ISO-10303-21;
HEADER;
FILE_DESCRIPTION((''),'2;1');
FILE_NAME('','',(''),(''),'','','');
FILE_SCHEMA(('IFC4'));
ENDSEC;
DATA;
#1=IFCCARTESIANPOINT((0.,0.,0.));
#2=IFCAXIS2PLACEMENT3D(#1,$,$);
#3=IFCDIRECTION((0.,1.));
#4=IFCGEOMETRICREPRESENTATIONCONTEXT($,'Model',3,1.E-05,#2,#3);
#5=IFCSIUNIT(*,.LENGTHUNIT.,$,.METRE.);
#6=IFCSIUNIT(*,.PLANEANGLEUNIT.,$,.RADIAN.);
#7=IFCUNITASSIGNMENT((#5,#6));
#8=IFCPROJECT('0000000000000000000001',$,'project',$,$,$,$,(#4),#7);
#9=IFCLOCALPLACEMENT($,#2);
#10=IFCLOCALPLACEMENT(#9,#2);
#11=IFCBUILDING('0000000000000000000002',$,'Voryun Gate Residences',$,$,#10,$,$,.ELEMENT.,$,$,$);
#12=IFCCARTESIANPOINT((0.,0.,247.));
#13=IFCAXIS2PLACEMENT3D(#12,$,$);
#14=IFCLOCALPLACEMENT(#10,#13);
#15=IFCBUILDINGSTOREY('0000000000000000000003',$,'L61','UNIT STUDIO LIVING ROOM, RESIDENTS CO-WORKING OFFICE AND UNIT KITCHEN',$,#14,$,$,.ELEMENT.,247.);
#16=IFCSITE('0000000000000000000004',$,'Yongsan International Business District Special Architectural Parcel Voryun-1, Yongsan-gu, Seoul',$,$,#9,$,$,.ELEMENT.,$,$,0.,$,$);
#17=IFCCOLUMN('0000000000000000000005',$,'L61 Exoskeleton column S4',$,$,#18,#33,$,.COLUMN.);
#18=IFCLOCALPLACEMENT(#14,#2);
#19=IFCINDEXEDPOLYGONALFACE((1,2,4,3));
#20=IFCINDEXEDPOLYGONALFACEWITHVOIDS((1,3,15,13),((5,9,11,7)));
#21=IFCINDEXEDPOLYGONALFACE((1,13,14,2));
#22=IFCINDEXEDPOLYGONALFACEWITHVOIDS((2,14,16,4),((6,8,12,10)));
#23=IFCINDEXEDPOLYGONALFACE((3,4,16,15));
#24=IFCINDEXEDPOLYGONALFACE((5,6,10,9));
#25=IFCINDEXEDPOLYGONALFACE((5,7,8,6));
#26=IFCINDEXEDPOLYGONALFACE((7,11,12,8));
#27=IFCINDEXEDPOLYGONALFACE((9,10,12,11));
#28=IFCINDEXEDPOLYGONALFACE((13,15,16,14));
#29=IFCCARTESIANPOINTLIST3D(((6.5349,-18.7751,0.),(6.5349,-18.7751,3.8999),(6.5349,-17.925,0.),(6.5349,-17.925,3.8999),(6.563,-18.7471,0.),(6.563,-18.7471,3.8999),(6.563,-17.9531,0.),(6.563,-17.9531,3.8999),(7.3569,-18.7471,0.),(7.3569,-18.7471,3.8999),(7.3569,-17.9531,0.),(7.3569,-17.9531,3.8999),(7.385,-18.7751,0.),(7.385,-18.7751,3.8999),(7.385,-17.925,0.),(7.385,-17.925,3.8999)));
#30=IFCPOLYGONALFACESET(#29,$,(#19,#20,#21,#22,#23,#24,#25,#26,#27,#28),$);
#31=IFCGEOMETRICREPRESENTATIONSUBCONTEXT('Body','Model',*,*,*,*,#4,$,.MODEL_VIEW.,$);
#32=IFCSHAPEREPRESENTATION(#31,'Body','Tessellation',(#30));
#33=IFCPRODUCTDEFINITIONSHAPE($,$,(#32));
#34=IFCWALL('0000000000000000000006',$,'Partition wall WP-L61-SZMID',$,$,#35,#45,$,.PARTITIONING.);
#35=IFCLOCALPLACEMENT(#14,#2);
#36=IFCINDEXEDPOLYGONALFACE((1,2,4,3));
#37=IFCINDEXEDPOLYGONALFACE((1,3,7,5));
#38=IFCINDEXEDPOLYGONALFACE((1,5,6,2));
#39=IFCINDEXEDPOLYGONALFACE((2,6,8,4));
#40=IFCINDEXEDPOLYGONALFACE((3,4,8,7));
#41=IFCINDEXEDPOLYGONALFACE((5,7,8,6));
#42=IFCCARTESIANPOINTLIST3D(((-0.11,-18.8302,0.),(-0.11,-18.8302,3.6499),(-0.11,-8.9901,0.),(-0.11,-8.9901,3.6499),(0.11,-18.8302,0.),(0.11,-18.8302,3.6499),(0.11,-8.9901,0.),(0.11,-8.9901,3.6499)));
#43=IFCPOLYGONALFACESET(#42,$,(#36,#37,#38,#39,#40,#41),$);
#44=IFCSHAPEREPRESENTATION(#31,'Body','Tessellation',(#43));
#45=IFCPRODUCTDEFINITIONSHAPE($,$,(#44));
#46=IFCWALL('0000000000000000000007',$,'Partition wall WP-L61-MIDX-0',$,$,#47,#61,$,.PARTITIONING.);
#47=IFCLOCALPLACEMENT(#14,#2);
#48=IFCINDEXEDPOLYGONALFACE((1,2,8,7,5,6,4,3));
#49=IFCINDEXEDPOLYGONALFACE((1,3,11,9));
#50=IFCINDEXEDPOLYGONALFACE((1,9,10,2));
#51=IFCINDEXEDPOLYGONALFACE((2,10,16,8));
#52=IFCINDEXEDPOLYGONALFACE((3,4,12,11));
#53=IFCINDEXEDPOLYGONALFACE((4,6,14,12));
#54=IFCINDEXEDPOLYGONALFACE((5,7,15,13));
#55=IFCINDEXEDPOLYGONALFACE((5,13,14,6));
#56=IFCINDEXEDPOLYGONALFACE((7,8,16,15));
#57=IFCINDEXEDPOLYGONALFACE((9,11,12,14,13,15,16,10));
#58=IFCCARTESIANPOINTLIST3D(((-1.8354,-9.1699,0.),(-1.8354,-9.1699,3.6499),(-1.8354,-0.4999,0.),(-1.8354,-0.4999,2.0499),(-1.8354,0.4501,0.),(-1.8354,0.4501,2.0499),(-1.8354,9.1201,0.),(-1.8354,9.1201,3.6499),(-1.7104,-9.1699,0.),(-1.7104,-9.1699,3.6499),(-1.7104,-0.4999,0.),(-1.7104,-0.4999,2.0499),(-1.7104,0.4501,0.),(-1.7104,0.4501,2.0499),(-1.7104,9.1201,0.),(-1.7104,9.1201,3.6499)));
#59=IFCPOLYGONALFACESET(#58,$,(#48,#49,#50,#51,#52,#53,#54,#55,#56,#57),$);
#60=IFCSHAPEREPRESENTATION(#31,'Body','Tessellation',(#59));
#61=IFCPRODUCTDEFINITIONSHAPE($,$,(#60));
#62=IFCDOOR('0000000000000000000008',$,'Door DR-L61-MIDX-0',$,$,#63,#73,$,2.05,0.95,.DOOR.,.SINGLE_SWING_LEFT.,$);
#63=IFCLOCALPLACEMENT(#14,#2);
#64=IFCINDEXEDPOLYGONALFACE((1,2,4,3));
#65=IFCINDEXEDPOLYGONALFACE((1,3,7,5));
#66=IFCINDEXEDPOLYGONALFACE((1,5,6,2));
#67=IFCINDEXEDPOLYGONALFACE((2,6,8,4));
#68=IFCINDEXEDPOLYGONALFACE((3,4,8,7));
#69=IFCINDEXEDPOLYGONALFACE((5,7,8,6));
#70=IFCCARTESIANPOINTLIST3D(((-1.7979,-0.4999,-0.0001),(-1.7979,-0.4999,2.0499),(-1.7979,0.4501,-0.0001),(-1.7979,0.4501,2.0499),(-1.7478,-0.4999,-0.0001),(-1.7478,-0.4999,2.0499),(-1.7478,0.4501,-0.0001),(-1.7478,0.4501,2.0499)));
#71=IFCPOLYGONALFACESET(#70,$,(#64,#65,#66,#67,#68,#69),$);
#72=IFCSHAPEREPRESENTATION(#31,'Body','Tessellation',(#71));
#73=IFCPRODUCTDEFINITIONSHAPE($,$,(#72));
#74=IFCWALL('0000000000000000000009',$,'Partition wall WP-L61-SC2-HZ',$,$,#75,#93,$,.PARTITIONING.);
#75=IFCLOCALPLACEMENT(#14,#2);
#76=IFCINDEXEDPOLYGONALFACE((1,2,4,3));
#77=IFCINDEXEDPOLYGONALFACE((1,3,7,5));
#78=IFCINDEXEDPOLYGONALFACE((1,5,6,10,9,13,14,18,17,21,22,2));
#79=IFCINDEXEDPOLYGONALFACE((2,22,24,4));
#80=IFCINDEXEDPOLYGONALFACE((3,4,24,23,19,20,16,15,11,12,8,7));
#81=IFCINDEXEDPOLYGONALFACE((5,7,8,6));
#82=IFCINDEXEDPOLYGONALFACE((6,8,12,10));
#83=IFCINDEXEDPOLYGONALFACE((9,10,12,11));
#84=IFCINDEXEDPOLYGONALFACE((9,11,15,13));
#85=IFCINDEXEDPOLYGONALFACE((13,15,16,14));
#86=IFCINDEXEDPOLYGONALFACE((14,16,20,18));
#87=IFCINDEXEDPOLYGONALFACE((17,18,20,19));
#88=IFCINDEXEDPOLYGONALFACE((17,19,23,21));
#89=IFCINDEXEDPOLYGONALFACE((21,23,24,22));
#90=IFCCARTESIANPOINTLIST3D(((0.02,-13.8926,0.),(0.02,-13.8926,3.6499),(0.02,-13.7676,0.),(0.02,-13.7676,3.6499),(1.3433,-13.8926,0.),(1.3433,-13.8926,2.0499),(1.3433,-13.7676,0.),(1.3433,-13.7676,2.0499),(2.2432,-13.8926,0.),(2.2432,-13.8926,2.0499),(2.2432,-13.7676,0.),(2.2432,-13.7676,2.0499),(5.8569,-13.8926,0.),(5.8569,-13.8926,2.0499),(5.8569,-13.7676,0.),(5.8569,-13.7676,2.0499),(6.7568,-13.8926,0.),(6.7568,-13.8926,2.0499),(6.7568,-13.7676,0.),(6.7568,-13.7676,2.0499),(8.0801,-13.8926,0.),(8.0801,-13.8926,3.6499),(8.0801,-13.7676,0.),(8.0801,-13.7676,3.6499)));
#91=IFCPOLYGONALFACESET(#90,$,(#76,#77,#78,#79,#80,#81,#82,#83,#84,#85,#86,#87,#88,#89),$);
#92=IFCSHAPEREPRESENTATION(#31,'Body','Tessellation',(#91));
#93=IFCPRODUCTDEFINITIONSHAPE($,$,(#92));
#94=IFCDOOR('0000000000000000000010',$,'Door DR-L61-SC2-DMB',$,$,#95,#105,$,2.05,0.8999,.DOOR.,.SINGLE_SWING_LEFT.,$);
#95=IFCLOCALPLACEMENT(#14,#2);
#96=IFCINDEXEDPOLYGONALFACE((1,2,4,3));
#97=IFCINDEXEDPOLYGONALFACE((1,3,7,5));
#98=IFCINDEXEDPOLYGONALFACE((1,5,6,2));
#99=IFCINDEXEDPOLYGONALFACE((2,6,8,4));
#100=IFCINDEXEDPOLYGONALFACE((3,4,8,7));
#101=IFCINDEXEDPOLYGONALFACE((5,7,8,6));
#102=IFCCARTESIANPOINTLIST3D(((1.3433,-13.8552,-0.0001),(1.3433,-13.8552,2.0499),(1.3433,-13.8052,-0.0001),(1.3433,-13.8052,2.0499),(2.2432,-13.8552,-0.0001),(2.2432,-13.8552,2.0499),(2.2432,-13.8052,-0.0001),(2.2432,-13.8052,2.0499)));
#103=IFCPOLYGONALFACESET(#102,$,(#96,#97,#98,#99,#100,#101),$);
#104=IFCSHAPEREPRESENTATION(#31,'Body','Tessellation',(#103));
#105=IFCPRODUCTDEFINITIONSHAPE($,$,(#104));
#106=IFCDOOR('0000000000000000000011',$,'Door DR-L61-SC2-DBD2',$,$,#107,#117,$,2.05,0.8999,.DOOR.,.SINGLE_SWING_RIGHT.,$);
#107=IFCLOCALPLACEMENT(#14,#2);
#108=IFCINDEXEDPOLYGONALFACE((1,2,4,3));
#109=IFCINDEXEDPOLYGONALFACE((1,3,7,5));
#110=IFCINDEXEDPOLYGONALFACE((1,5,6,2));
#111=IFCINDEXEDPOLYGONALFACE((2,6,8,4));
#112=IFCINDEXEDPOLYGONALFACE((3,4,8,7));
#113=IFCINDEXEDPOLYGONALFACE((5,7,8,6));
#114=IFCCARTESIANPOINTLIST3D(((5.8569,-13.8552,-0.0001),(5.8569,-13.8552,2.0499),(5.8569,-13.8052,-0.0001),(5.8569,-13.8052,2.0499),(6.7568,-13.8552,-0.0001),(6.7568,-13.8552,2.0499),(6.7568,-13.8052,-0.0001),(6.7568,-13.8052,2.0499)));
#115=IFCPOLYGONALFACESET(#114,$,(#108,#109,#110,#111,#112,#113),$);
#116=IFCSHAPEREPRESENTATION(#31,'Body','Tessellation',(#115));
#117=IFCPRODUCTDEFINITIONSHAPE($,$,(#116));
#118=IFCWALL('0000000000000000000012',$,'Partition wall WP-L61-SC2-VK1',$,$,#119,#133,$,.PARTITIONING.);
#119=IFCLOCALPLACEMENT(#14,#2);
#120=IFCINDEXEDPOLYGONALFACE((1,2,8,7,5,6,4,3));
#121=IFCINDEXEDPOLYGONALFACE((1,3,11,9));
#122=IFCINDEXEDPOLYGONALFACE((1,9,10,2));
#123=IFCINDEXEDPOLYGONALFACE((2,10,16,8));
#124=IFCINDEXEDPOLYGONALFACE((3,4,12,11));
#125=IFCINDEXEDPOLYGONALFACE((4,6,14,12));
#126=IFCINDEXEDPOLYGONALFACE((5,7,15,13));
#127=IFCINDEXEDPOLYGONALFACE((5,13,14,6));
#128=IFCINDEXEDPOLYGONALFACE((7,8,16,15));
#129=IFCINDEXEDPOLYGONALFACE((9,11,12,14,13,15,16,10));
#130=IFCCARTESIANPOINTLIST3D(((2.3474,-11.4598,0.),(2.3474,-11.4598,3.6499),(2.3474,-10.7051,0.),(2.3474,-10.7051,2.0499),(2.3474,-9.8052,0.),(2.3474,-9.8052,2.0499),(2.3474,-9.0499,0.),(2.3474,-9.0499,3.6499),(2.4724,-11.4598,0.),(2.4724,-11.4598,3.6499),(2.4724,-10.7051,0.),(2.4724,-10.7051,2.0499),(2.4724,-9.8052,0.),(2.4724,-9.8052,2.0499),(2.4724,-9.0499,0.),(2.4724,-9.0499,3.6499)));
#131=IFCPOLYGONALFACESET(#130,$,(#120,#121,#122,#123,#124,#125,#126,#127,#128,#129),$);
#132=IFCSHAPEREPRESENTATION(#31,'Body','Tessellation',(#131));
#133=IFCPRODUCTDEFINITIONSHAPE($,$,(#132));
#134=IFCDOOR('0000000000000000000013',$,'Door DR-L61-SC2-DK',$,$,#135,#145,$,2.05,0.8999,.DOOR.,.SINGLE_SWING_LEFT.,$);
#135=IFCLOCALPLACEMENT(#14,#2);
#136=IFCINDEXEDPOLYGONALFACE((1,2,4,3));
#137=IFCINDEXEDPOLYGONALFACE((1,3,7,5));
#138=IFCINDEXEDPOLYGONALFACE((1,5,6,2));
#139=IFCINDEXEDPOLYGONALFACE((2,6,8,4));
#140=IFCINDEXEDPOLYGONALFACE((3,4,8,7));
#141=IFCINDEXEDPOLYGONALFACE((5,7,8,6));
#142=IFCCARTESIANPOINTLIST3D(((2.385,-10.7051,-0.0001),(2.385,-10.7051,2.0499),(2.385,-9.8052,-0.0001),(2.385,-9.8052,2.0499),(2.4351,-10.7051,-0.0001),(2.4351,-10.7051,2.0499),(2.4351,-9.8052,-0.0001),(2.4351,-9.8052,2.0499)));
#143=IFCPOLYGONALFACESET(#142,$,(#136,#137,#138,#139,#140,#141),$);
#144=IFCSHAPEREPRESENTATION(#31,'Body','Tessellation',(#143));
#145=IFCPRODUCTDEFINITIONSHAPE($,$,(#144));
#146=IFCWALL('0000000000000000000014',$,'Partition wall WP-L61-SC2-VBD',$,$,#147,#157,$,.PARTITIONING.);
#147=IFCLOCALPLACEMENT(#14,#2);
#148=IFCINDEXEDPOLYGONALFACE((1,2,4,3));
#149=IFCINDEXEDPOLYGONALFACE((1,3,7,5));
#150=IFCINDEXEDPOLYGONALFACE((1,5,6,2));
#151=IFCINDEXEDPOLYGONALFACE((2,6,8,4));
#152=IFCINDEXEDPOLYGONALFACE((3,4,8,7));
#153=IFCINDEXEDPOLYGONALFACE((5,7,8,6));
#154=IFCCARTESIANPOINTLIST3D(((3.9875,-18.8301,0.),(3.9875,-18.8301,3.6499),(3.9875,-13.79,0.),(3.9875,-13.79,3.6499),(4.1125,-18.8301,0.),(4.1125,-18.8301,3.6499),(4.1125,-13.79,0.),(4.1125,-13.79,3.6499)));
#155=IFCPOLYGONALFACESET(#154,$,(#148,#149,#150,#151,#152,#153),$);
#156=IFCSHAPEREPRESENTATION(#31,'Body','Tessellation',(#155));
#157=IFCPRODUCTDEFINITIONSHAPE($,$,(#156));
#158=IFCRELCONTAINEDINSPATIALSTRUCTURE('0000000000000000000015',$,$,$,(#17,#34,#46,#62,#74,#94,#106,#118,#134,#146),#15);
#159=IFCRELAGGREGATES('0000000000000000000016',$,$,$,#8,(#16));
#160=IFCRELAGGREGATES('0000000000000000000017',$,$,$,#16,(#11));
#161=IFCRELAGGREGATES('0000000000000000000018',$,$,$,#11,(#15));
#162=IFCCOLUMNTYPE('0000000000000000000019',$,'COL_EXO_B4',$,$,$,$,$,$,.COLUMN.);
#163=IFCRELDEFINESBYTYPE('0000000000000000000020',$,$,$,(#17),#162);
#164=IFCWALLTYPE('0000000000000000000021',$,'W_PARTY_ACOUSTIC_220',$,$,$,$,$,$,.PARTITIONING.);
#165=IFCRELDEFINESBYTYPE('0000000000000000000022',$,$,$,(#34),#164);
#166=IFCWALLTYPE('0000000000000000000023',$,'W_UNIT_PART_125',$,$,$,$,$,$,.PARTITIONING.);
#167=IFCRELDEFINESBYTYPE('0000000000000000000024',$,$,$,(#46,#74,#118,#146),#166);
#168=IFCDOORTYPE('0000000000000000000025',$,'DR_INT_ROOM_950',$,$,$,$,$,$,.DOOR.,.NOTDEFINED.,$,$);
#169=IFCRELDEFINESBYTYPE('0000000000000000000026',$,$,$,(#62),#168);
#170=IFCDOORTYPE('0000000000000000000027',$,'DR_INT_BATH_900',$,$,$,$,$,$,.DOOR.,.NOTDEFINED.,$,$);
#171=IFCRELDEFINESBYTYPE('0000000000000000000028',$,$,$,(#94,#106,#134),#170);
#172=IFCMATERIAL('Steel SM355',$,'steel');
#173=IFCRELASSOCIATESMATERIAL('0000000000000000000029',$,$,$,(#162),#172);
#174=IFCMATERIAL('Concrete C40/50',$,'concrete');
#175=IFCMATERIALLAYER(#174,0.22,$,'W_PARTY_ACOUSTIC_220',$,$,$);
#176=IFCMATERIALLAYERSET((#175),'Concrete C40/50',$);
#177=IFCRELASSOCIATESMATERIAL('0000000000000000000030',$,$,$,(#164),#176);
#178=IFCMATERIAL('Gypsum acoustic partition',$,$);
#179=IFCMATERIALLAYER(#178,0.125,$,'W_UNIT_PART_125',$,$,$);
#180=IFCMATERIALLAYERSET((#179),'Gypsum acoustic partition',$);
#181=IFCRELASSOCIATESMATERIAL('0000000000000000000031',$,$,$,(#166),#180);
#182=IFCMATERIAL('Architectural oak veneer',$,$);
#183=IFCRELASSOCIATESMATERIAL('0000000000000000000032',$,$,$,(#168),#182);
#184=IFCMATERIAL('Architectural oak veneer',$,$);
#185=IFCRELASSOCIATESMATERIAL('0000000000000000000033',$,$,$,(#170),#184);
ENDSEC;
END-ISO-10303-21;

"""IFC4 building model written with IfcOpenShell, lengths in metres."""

from ifc_helpers import new_model, si_unit, direction, frame, frame_2d, origin, origin_2d, place, context, subcontext, project, spatial, rectangle, hollow_rectangle, extrude, material, layer, layer_set, material_profile, profile_set, type_object, element, fill, save


model = new_model("IFC4")

# Units and contexts
model_context = context("Model", 3, precision=1e-05, world=origin(), true_north=direction((0.0, 1.0)))
body_context = subcontext(model_context, "Body", "Model", "MODEL_VIEW")
ifc_project = project(units=[si_unit("LENGTHUNIT", "METRE"), si_unit("PLANEANGLEUNIT", "RADIAN")], contexts=[model_context])

# Site, building, storey
site_placement = place(None, origin())
site = spatial("IfcSite", under=ifc_project, at=site_placement, Name="Yongsan International Business District Special Architectural Parcel Voryun-1, Yongsan-gu, Seoul", CompositionType="ELEMENT", RefElevation=0.0)
building_placement = place(site_placement, origin())
building = spatial("IfcBuilding", under=site, at=building_placement, Name="Voryun Gate Residences", CompositionType="ELEMENT")
storey_placement = place(building_placement, frame((0.0, 0.0, 247.0)))
storey = spatial("IfcBuildingStorey", under=building, at=storey_placement, Name="L61", Description="UNIT STUDIO LIVING ROOM, RESIDENTS CO-WORKING OFFICE AND UNIT KITCHEN", CompositionType="ELEMENT", Elevation=247.0)

# Column
ifc_material_1 = material(Name="Steel SM355", Category="steel")
ifc_material_profile = material_profile(ifc_material_1, hollow_rectangle(XDim=0.8501, YDim=0.8501, WallThickness=0.0281, at=origin_2d()), Name="BOX-850x850x28")
ifc_profile_set = profile_set([ifc_material_profile], Name="Steel SM355")
column_type = type_object("IfcColumnType", Name="COL_EXO_B4", PredefinedType="COLUMN", material=ifc_profile_set)
column_placement = place(storey_placement, frame((6.96, -18.3501, 0.0), z_axis=(0.0, 0.0, 1.0), x_axis=(1.0, 0.0, 0.0)))
element("IfcColumn", 1, at=column_placement, inside=storey, type_object=column_type, Name="L61 Exoskeleton column S4", PredefinedType="COLUMN", context=body_context, shape_type="SweptSolid", body=[
    extrude(hollow_rectangle(XDim=0.8501, YDim=0.8501, WallThickness=0.0281, at=origin_2d()), origin(), (0.0, 0.0, 1.0), 3.8999),
])

# Wall
ifc_material_2 = material(Name="Concrete C40/50", Category="concrete")
ifc_layer_1 = layer(ifc_material_2, 0.22, Name="W_PARTY_ACOUSTIC_220")
ifc_layer_set_1 = layer_set([ifc_layer_1], Name="Concrete C40/50")
wall_type_1 = type_object("IfcWallType", Name="W_PARTY_ACOUSTIC_220", PredefinedType="PARTITIONING", material=ifc_layer_set_1)
wall_1_placement = place(storey_placement, frame((0.0, -18.8301, 0.0), z_axis=(0.0, 0.0, 1.0), x_axis=(0.0, 1.0, 0.0)))
element("IfcWall", 2, at=wall_1_placement, inside=storey, type_object=wall_type_1, Name="Partition wall WP-L61-SZMID", PredefinedType="PARTITIONING", context=body_context, shape_type="SweptSolid", body=[
    extrude(rectangle(XDim=9.8401, YDim=0.22, at=frame_2d((4.9199, 0.0))), origin(), (0.0, 0.0, 1.0), 3.6499),
])

# Wall, opening, door
ifc_material_3 = material(Name="Gypsum acoustic partition")
ifc_layer_2 = layer(ifc_material_3, 0.125, Name="W_UNIT_PART_125")
ifc_layer_set_2 = layer_set([ifc_layer_2], Name="Gypsum acoustic partition")
wall_type_2 = type_object("IfcWallType", Name="W_UNIT_PART_125", PredefinedType="PARTITIONING", material=ifc_layer_set_2)
wall_2_placement = place(storey_placement, frame((-1.7729, -9.1699, 0.0), z_axis=(0.0, 0.0, 1.0), x_axis=(0.0, 1.0, 0.0)))
wall_2 = element("IfcWall", 3, at=wall_2_placement, inside=storey, type_object=wall_type_2, Name="Partition wall WP-L61-MIDX-0", PredefinedType="PARTITIONING", context=body_context, shape_type="SweptSolid", body=[
    extrude(rectangle(XDim=18.29, YDim=0.125, at=frame_2d((9.145, 0.0))), origin(), (0.0, 0.0, 1.0), 3.6499),
])
opening_1_placement = place(wall_2_placement, frame((8.6699, 0.0, 0.0)))
opening_1 = element("IfcOpeningElement", 4, at=opening_1_placement, cuts=wall_2, PredefinedType="OPENING", context=body_context, shape_type="SweptSolid", body=[
    extrude(rectangle(XDim=0.95, YDim=2.05, at=frame_2d((0.4751, 1.0249))), frame((0.0, 0.0725, 0.0), z_axis=(0.0, -1.0, 0.0), x_axis=(1.0, 0.0, 0.0)), (0.0, 0.0, 1.0), 0.145),
])
ifc_material_4 = material(Name="Architectural oak veneer")
door_type_1 = type_object("IfcDoorType", Name="DR_INT_ROOM_950", OperationType="NOTDEFINED", PredefinedType="DOOR", material=ifc_material_4)
door_1_placement = place(opening_1_placement, origin())
door_1 = element("IfcDoor", 5, at=door_1_placement, inside=storey, type_object=door_type_1, Name="Door DR-L61-MIDX-0", OperationType="SINGLE_SWING_LEFT", OverallHeight=2.05, OverallWidth=0.95, PredefinedType="DOOR", context=body_context, shape_type="SweptSolid", body=[
    extrude(rectangle(XDim=0.95, YDim=2.05, at=frame_2d((0.4751, 1.0249))), frame((0.0, 0.0249, 0.0), z_axis=(0.0, -1.0, 0.0), x_axis=(1.0, 0.0, 0.0)), (0.0, 0.0, 1.0), 0.05),
])
fill(opening_1, door_1)

# Wall, openings, doors
wall_3_placement = place(storey_placement, frame((0.02, -13.8301, 0.0), z_axis=(0.0, 0.0, 1.0), x_axis=(1.0, 0.0, 0.0)))
wall_3 = element("IfcWall", 6, at=wall_3_placement, inside=storey, type_object=wall_type_2, Name="Partition wall WP-L61-SC2-HZ", PredefinedType="PARTITIONING", context=body_context, shape_type="SweptSolid", body=[
    extrude(rectangle(XDim=8.0601, YDim=0.125, at=frame_2d((4.03, 0.0))), origin(), (0.0, 0.0, 1.0), 3.6499),
])
opening_2_placement = place(wall_3_placement, frame((1.3232, 0.0, 0.0)))
opening_2 = element("IfcOpeningElement", 7, at=opening_2_placement, cuts=wall_3, PredefinedType="OPENING", context=body_context, shape_type="SweptSolid", body=[
    extrude(rectangle(XDim=0.8999, YDim=2.05, at=frame_2d((0.45, 1.0249))), frame((0.0, 0.0725, 0.0), z_axis=(0.0, -1.0, 0.0), x_axis=(1.0, 0.0, 0.0)), (0.0, 0.0, 1.0), 0.145),
])
opening_3_placement = place(wall_3_placement, frame((5.8369, 0.0, 0.0)))
opening_3 = element("IfcOpeningElement", 8, at=opening_3_placement, cuts=wall_3, PredefinedType="OPENING", context=body_context, shape_type="SweptSolid", body=[
    extrude(rectangle(XDim=0.8999, YDim=2.05, at=frame_2d((0.45, 1.0249))), frame((0.0, 0.0725, 0.0), z_axis=(0.0, -1.0, 0.0), x_axis=(1.0, 0.0, 0.0)), (0.0, 0.0, 1.0), 0.145),
])
ifc_material_5 = material(Name="Architectural oak veneer")
door_type_2 = type_object("IfcDoorType", Name="DR_INT_BATH_900", OperationType="NOTDEFINED", PredefinedType="DOOR", material=ifc_material_5)
door_2_placement = place(opening_2_placement, origin())
door_2 = element("IfcDoor", 9, at=door_2_placement, inside=storey, type_object=door_type_2, Name="Door DR-L61-SC2-DMB", OperationType="SINGLE_SWING_LEFT", OverallHeight=2.05, OverallWidth=0.8999, PredefinedType="DOOR", context=body_context, shape_type="SweptSolid", body=[
    extrude(rectangle(XDim=0.8999, YDim=2.05, at=frame_2d((0.45, 1.0249))), frame((0.0, 0.0249, 0.0), z_axis=(0.0, -1.0, 0.0), x_axis=(1.0, 0.0, 0.0)), (0.0, 0.0, 1.0), 0.05),
])
fill(opening_2, door_2)
door_3_placement = place(opening_3_placement, origin())
door_3 = element("IfcDoor", 10, at=door_3_placement, inside=storey, type_object=door_type_2, Name="Door DR-L61-SC2-DBD2", OperationType="SINGLE_SWING_RIGHT", OverallHeight=2.05, OverallWidth=0.8999, PredefinedType="DOOR", context=body_context, shape_type="SweptSolid", body=[
    extrude(rectangle(XDim=0.8999, YDim=2.05, at=frame_2d((0.45, 1.0249))), frame((0.0, 0.0249, 0.0), z_axis=(0.0, -1.0, 0.0), x_axis=(1.0, 0.0, 0.0)), (0.0, 0.0, 1.0), 0.05),
])
fill(opening_3, door_3)

# Wall, opening, door
wall_4_placement = place(storey_placement, frame((2.4099, -11.46, 0.0), z_axis=(0.0, 0.0, 1.0), x_axis=(0.0, 1.0, 0.0)))
wall_4 = element("IfcWall", 11, at=wall_4_placement, inside=storey, type_object=wall_type_2, Name="Partition wall WP-L61-SC2-VK1", PredefinedType="PARTITIONING", context=body_context, shape_type="SweptSolid", body=[
    extrude(rectangle(XDim=2.4099, YDim=0.125, at=frame_2d((1.2051, 0.0))), origin(), (0.0, 0.0, 1.0), 3.6499),
])
opening_4_placement = place(wall_4_placement, frame((0.7549, 0.0, 0.0)))
opening_4 = element("IfcOpeningElement", 12, at=opening_4_placement, cuts=wall_4, PredefinedType="OPENING", context=body_context, shape_type="SweptSolid", body=[
    extrude(rectangle(XDim=0.8999, YDim=2.05, at=frame_2d((0.45, 1.0249))), frame((0.0, 0.0725, 0.0), z_axis=(0.0, -1.0, 0.0), x_axis=(1.0, 0.0, 0.0)), (0.0, 0.0, 1.0), 0.145),
])
door_4_placement = place(opening_4_placement, origin())
door_4 = element("IfcDoor", 13, at=door_4_placement, inside=storey, type_object=door_type_2, Name="Door DR-L61-SC2-DK", OperationType="SINGLE_SWING_LEFT", OverallHeight=2.05, OverallWidth=0.8999, PredefinedType="DOOR", context=body_context, shape_type="SweptSolid", body=[
    extrude(rectangle(XDim=0.8999, YDim=2.05, at=frame_2d((0.45, 1.0249))), frame((0.0, 0.0249, 0.0), z_axis=(0.0, -1.0, 0.0), x_axis=(1.0, 0.0, 0.0)), (0.0, 0.0, 1.0), 0.05),
])
fill(opening_4, door_4)

# Wall
wall_5_placement = place(storey_placement, frame((4.05, -18.8301, 0.0), z_axis=(0.0, 0.0, 1.0), x_axis=(0.0, 1.0, 0.0)))
element("IfcWall", 14, at=wall_5_placement, inside=storey, type_object=wall_type_2, Name="Partition wall WP-L61-SC2-VBD", PredefinedType="PARTITIONING", context=body_context, shape_type="SweptSolid", body=[
    extrude(rectangle(XDim=5.04, YDim=0.125, at=frame_2d((2.52, 0.0))), origin(), (0.0, 0.0, 1.0), 3.6499),
])

save(model, "model.ifc")
